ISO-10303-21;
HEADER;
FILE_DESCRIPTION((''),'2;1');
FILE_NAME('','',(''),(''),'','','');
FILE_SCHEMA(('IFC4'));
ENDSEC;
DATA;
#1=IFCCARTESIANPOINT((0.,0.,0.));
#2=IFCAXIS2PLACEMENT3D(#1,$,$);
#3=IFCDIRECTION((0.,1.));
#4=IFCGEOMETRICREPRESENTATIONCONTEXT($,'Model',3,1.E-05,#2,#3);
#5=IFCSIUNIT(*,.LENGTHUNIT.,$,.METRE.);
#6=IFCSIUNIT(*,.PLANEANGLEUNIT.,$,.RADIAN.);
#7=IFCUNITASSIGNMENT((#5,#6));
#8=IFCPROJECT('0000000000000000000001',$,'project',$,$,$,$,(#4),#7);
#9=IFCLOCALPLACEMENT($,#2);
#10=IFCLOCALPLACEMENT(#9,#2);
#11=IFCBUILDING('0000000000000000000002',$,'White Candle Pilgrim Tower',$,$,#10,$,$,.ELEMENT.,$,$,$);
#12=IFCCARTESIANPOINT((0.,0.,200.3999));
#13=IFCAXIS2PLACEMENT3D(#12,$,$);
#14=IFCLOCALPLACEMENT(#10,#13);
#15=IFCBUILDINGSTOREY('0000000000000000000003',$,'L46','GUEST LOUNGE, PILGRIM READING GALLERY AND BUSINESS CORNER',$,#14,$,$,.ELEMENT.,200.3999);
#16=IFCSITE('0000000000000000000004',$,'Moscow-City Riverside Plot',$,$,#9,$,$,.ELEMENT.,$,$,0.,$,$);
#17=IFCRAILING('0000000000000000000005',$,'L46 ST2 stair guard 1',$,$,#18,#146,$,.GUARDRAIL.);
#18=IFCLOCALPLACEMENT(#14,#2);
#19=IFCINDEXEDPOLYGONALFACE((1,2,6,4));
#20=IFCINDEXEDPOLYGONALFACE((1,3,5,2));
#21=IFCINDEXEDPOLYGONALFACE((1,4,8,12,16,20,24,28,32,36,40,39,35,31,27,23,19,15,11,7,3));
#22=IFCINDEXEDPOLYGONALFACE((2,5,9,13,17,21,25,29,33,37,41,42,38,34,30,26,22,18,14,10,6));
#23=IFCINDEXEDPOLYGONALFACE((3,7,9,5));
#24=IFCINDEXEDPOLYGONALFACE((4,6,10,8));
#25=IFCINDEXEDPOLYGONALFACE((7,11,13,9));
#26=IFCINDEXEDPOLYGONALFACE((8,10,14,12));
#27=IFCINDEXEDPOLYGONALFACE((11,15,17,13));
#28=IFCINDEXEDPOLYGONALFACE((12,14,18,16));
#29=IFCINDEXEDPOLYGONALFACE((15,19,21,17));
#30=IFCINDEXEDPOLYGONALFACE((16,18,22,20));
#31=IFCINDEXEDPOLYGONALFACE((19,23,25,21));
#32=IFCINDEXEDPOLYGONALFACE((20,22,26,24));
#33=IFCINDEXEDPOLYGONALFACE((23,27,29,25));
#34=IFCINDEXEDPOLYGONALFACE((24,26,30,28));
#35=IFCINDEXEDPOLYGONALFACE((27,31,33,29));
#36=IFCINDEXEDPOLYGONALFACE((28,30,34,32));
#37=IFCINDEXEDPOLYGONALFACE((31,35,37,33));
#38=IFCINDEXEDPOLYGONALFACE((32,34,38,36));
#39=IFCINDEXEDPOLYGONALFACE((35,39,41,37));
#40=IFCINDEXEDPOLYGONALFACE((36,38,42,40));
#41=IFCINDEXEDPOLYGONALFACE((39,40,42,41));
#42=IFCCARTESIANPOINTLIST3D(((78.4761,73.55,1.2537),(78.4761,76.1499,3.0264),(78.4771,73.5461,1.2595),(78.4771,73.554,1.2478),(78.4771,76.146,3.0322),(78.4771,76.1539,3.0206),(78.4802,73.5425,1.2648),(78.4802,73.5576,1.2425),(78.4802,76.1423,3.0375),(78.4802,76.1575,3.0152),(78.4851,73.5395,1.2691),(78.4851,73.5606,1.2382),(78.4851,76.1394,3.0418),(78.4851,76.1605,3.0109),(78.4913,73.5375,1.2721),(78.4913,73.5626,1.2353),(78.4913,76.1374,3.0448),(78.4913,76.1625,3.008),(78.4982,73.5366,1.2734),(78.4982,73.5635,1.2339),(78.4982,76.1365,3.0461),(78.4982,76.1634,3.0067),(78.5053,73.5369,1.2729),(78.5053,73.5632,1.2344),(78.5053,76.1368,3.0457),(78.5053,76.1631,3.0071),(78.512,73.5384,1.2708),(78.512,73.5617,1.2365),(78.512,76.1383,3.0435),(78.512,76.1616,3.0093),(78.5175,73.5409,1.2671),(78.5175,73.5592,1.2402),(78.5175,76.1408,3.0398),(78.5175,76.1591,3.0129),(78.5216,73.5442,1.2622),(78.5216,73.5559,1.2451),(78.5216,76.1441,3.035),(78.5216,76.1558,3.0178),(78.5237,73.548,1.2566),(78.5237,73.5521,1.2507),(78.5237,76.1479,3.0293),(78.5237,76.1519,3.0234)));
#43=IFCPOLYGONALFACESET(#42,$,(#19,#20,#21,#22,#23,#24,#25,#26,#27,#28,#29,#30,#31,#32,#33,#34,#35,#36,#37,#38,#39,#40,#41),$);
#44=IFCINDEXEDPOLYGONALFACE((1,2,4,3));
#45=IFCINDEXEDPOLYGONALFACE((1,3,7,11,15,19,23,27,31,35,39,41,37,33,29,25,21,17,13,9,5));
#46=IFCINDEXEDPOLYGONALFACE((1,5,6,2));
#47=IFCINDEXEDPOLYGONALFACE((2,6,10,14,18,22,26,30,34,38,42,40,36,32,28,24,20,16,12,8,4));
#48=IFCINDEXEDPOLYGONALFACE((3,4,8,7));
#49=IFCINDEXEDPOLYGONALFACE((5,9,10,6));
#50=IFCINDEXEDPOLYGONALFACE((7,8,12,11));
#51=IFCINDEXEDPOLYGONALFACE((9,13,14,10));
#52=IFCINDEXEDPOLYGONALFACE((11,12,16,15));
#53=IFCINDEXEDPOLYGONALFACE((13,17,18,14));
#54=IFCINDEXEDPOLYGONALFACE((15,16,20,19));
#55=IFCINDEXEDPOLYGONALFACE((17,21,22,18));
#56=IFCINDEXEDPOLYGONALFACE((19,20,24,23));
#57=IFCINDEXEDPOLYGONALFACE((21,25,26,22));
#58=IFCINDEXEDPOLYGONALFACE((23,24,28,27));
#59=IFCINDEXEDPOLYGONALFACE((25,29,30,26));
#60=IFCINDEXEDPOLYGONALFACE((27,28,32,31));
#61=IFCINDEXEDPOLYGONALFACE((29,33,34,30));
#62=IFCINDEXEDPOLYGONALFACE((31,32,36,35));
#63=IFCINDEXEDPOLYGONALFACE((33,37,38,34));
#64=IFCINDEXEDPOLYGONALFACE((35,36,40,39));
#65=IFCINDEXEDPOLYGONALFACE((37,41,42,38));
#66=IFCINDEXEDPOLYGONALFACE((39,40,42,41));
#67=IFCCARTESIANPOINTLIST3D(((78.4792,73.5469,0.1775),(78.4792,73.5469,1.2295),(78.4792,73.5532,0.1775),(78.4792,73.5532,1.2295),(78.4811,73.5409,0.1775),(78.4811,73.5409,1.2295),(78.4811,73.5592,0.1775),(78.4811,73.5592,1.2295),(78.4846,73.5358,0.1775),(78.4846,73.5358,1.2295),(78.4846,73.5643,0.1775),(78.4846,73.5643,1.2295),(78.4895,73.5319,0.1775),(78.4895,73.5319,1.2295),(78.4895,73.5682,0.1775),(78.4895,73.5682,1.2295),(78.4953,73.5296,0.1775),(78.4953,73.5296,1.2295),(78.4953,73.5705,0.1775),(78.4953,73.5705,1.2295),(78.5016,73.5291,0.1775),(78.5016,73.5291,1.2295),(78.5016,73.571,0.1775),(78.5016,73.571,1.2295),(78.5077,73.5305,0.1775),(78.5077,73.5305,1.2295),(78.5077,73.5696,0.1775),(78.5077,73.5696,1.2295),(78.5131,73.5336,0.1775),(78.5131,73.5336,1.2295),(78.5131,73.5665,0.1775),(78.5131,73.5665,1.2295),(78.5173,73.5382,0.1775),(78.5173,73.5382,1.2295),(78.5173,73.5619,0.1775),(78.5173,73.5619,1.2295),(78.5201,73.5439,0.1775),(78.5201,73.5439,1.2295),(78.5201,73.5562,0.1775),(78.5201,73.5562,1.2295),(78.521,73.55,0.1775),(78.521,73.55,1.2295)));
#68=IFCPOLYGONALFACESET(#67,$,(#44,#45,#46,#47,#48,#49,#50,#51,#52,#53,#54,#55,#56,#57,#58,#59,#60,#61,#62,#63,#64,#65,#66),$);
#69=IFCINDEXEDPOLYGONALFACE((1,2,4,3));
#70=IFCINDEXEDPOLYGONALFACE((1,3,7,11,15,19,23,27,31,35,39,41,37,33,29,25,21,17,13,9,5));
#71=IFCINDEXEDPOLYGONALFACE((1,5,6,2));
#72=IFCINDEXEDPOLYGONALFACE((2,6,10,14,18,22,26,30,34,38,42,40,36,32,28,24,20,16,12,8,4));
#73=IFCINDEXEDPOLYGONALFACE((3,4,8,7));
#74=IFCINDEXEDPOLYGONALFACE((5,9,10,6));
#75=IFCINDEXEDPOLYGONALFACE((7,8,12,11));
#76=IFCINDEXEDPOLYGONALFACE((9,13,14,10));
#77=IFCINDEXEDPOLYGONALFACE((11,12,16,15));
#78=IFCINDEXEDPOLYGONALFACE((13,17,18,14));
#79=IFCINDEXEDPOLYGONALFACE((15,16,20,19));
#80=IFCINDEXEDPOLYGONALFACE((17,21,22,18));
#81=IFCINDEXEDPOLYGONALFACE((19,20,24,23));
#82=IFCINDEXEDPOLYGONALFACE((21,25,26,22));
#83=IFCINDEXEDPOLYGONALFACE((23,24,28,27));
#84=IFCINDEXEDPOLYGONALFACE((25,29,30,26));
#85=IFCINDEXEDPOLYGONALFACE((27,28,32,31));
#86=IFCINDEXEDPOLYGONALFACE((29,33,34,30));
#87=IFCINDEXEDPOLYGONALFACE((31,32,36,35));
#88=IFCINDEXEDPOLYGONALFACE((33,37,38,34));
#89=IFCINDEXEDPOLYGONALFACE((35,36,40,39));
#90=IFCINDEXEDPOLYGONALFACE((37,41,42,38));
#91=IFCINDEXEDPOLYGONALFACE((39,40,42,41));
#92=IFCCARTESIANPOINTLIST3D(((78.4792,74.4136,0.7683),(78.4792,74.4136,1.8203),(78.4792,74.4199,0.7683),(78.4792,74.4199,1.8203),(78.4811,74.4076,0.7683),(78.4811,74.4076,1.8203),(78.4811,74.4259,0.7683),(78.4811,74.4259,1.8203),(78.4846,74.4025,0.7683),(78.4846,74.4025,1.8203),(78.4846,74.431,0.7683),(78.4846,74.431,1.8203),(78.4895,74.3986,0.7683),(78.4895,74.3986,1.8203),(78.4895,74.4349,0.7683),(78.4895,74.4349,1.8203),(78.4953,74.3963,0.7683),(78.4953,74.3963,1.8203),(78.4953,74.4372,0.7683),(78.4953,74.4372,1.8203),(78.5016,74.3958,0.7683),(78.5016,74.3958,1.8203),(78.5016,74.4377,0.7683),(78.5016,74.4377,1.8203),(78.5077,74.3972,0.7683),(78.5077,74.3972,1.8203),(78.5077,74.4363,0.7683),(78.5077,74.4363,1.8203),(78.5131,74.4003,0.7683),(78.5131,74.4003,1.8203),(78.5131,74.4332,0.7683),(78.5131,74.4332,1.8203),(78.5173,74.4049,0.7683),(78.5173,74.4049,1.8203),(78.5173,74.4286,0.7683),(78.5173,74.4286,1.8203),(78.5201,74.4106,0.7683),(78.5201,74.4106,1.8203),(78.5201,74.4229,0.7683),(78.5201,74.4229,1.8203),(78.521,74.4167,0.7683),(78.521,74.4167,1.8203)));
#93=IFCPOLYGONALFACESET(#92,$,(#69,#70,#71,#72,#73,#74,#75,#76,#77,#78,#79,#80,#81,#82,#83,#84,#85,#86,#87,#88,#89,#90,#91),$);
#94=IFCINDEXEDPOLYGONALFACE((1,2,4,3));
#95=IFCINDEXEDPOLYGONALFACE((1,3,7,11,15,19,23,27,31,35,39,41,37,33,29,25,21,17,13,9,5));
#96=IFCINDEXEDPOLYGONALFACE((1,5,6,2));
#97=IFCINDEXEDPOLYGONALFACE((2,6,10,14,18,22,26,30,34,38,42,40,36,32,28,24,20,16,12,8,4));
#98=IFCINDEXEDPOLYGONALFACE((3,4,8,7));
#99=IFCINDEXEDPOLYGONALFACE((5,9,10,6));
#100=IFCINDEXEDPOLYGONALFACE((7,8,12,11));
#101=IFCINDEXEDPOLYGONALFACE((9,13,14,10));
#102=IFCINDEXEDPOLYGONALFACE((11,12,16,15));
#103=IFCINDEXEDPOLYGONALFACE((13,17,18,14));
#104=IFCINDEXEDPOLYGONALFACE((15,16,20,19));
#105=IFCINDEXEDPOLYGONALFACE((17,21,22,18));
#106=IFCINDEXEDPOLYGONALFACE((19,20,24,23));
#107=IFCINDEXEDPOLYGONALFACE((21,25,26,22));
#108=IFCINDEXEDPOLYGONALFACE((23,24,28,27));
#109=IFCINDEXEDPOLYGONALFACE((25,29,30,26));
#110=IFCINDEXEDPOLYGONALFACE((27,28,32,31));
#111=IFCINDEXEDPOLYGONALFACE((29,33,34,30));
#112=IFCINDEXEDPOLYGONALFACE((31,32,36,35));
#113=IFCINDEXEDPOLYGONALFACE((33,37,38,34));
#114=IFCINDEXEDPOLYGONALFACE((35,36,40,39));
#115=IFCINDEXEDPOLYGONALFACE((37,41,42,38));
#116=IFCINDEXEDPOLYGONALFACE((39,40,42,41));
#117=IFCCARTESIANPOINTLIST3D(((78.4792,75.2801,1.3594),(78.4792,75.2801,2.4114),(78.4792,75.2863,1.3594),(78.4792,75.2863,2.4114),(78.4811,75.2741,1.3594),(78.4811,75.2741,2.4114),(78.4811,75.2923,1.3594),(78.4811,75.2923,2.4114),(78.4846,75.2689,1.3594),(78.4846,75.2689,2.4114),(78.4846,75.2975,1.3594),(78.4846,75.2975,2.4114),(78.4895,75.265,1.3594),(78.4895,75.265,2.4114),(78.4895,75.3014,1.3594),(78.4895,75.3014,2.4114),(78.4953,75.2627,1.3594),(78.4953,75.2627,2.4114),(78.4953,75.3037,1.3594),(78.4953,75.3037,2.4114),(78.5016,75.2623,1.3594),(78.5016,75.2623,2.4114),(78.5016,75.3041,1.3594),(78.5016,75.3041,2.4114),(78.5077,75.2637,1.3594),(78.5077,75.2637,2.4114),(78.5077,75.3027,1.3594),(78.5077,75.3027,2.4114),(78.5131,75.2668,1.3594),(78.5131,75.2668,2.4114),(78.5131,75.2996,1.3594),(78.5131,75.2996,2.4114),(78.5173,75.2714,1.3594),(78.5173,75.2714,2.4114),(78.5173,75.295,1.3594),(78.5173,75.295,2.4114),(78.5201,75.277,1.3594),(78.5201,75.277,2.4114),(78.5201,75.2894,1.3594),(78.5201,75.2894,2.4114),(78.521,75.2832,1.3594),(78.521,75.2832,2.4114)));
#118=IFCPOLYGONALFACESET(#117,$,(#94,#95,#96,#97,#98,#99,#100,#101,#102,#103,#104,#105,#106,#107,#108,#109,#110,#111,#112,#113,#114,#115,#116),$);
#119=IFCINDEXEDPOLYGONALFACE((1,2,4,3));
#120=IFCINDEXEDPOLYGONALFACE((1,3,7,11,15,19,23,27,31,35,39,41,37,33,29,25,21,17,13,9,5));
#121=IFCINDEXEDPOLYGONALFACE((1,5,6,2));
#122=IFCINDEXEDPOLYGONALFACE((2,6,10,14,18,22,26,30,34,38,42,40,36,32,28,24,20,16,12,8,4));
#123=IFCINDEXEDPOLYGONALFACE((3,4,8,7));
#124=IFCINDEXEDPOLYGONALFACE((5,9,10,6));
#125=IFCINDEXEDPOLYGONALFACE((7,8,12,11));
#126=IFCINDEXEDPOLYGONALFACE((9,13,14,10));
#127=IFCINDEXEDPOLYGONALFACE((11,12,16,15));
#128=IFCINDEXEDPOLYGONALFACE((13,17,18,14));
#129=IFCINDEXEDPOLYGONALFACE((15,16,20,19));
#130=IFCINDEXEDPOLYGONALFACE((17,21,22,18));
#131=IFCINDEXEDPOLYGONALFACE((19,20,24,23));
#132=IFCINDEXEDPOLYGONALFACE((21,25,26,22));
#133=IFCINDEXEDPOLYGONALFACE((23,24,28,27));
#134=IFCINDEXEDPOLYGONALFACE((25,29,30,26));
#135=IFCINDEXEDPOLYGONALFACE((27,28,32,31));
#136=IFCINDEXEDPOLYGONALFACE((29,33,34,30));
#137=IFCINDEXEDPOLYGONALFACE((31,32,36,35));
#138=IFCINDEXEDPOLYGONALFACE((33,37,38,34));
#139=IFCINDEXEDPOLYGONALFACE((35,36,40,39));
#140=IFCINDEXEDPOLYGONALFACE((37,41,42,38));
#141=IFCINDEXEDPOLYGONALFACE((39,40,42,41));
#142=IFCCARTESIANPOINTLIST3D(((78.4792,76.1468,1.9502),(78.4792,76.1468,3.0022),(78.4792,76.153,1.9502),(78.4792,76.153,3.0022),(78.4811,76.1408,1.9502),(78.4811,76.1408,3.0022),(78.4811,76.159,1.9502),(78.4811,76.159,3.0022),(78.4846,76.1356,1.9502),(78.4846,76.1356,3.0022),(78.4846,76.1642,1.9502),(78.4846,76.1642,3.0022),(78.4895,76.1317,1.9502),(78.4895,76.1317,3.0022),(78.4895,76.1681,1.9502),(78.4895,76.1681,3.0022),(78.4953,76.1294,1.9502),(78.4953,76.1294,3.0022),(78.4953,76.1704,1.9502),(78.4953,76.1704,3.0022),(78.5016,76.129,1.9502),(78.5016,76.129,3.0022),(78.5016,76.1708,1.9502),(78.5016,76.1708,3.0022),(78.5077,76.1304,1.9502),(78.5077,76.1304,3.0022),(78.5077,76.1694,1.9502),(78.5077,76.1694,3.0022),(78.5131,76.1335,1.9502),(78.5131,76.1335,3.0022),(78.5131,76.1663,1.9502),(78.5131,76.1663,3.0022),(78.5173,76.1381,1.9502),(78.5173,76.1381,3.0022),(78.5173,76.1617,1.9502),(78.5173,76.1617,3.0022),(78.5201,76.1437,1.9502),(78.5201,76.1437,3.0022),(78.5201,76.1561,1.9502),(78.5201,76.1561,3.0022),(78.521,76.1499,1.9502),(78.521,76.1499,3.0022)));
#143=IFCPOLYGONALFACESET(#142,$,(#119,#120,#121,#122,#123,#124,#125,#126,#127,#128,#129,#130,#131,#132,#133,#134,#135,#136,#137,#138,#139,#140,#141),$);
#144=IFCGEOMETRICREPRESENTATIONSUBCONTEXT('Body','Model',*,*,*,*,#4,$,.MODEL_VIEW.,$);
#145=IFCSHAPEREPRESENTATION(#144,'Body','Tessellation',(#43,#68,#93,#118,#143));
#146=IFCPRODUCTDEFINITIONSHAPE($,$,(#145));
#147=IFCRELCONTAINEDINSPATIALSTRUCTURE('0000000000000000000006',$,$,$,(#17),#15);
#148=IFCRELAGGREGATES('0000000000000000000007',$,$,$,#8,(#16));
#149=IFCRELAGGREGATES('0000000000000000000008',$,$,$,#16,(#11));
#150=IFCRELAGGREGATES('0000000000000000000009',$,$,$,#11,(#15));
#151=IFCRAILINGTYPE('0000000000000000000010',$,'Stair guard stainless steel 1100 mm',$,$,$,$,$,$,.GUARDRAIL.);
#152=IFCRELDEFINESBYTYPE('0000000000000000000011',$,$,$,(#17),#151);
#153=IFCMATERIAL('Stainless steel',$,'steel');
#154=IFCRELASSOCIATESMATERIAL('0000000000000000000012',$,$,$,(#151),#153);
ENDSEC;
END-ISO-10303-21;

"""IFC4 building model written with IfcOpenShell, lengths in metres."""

from ifc_helpers import new_model, si_unit, direction, frame, origin, origin_2d, place, context, subcontext, project, spatial, circle, extrude, material, type_object, element, save


model = new_model("IFC4")

# Units and contexts
model_context = context("Model", 3, precision=1e-05, world=origin(), true_north=direction((0.0, 1.0)))
body_context = subcontext(model_context, "Body", "Model", "MODEL_VIEW")
ifc_project = project(units=[si_unit("LENGTHUNIT", "METRE"), si_unit("PLANEANGLEUNIT", "RADIAN")], contexts=[model_context])

# Site, building, storey
site_placement = place(None, origin())
site = spatial("IfcSite", under=ifc_project, at=site_placement, Name="Moscow-City Riverside Plot", CompositionType="ELEMENT", RefElevation=0.0)
building_placement = place(site_placement, origin())
building = spatial("IfcBuilding", under=site, at=building_placement, Name="White Candle Pilgrim Tower", CompositionType="ELEMENT")
storey_placement = place(building_placement, frame((0.0, 0.0, 200.3999)))
storey = spatial("IfcBuildingStorey", under=building, at=storey_placement, Name="L46", Description="GUEST LOUNGE, PILGRIM READING GALLERY AND BUSINESS CORNER", CompositionType="ELEMENT", Elevation=200.3999)

# Railing
ifc_material_1 = material(Name="Stainless steel", Category="steel")
railing_type_1 = type_object("IfcRailingType", Name="Stair guard stainless steel 1100 mm", PredefinedType="GUARDRAIL", material=ifc_material_1)
railing_1_placement = place(storey_placement, frame((78.5, 73.55, 0.1775)))
element("IfcRailing", 1, at=railing_1_placement, inside=storey, type_object=railing_type_1, Name="L46 ST2 stair guard 1", PredefinedType="GUARDRAIL", context=body_context, shape_type="SweptSolid", body=[
    extrude(circle(Radius=0.0239, at=origin_2d()), frame((0.0, 0.0, 1.0762), z_axis=(0.0, 0.826216, 0.563354), x_axis=(-1.0, 0.0, 0.0)), (0.0, 0.0, 1.0), 3.1467),
    extrude(circle(Radius=0.021, at=origin_2d()), origin(), (0.0, 0.0, 1.0), 1.052),
    extrude(circle(Radius=0.021, at=origin_2d()), frame((0.0, 0.8667, 0.5908)), (0.0, 0.0, 1.0), 1.052),
    extrude(circle(Radius=0.021, at=origin_2d()), frame((0.0, 1.7332, 1.1819)), (0.0, 0.0, 1.0), 1.052),
    extrude(circle(Radius=0.021, at=origin_2d()), frame((0.0, 2.5999, 1.7727)), (0.0, 0.0, 1.0), 1.052),
])

save(model, "model.ifc")
